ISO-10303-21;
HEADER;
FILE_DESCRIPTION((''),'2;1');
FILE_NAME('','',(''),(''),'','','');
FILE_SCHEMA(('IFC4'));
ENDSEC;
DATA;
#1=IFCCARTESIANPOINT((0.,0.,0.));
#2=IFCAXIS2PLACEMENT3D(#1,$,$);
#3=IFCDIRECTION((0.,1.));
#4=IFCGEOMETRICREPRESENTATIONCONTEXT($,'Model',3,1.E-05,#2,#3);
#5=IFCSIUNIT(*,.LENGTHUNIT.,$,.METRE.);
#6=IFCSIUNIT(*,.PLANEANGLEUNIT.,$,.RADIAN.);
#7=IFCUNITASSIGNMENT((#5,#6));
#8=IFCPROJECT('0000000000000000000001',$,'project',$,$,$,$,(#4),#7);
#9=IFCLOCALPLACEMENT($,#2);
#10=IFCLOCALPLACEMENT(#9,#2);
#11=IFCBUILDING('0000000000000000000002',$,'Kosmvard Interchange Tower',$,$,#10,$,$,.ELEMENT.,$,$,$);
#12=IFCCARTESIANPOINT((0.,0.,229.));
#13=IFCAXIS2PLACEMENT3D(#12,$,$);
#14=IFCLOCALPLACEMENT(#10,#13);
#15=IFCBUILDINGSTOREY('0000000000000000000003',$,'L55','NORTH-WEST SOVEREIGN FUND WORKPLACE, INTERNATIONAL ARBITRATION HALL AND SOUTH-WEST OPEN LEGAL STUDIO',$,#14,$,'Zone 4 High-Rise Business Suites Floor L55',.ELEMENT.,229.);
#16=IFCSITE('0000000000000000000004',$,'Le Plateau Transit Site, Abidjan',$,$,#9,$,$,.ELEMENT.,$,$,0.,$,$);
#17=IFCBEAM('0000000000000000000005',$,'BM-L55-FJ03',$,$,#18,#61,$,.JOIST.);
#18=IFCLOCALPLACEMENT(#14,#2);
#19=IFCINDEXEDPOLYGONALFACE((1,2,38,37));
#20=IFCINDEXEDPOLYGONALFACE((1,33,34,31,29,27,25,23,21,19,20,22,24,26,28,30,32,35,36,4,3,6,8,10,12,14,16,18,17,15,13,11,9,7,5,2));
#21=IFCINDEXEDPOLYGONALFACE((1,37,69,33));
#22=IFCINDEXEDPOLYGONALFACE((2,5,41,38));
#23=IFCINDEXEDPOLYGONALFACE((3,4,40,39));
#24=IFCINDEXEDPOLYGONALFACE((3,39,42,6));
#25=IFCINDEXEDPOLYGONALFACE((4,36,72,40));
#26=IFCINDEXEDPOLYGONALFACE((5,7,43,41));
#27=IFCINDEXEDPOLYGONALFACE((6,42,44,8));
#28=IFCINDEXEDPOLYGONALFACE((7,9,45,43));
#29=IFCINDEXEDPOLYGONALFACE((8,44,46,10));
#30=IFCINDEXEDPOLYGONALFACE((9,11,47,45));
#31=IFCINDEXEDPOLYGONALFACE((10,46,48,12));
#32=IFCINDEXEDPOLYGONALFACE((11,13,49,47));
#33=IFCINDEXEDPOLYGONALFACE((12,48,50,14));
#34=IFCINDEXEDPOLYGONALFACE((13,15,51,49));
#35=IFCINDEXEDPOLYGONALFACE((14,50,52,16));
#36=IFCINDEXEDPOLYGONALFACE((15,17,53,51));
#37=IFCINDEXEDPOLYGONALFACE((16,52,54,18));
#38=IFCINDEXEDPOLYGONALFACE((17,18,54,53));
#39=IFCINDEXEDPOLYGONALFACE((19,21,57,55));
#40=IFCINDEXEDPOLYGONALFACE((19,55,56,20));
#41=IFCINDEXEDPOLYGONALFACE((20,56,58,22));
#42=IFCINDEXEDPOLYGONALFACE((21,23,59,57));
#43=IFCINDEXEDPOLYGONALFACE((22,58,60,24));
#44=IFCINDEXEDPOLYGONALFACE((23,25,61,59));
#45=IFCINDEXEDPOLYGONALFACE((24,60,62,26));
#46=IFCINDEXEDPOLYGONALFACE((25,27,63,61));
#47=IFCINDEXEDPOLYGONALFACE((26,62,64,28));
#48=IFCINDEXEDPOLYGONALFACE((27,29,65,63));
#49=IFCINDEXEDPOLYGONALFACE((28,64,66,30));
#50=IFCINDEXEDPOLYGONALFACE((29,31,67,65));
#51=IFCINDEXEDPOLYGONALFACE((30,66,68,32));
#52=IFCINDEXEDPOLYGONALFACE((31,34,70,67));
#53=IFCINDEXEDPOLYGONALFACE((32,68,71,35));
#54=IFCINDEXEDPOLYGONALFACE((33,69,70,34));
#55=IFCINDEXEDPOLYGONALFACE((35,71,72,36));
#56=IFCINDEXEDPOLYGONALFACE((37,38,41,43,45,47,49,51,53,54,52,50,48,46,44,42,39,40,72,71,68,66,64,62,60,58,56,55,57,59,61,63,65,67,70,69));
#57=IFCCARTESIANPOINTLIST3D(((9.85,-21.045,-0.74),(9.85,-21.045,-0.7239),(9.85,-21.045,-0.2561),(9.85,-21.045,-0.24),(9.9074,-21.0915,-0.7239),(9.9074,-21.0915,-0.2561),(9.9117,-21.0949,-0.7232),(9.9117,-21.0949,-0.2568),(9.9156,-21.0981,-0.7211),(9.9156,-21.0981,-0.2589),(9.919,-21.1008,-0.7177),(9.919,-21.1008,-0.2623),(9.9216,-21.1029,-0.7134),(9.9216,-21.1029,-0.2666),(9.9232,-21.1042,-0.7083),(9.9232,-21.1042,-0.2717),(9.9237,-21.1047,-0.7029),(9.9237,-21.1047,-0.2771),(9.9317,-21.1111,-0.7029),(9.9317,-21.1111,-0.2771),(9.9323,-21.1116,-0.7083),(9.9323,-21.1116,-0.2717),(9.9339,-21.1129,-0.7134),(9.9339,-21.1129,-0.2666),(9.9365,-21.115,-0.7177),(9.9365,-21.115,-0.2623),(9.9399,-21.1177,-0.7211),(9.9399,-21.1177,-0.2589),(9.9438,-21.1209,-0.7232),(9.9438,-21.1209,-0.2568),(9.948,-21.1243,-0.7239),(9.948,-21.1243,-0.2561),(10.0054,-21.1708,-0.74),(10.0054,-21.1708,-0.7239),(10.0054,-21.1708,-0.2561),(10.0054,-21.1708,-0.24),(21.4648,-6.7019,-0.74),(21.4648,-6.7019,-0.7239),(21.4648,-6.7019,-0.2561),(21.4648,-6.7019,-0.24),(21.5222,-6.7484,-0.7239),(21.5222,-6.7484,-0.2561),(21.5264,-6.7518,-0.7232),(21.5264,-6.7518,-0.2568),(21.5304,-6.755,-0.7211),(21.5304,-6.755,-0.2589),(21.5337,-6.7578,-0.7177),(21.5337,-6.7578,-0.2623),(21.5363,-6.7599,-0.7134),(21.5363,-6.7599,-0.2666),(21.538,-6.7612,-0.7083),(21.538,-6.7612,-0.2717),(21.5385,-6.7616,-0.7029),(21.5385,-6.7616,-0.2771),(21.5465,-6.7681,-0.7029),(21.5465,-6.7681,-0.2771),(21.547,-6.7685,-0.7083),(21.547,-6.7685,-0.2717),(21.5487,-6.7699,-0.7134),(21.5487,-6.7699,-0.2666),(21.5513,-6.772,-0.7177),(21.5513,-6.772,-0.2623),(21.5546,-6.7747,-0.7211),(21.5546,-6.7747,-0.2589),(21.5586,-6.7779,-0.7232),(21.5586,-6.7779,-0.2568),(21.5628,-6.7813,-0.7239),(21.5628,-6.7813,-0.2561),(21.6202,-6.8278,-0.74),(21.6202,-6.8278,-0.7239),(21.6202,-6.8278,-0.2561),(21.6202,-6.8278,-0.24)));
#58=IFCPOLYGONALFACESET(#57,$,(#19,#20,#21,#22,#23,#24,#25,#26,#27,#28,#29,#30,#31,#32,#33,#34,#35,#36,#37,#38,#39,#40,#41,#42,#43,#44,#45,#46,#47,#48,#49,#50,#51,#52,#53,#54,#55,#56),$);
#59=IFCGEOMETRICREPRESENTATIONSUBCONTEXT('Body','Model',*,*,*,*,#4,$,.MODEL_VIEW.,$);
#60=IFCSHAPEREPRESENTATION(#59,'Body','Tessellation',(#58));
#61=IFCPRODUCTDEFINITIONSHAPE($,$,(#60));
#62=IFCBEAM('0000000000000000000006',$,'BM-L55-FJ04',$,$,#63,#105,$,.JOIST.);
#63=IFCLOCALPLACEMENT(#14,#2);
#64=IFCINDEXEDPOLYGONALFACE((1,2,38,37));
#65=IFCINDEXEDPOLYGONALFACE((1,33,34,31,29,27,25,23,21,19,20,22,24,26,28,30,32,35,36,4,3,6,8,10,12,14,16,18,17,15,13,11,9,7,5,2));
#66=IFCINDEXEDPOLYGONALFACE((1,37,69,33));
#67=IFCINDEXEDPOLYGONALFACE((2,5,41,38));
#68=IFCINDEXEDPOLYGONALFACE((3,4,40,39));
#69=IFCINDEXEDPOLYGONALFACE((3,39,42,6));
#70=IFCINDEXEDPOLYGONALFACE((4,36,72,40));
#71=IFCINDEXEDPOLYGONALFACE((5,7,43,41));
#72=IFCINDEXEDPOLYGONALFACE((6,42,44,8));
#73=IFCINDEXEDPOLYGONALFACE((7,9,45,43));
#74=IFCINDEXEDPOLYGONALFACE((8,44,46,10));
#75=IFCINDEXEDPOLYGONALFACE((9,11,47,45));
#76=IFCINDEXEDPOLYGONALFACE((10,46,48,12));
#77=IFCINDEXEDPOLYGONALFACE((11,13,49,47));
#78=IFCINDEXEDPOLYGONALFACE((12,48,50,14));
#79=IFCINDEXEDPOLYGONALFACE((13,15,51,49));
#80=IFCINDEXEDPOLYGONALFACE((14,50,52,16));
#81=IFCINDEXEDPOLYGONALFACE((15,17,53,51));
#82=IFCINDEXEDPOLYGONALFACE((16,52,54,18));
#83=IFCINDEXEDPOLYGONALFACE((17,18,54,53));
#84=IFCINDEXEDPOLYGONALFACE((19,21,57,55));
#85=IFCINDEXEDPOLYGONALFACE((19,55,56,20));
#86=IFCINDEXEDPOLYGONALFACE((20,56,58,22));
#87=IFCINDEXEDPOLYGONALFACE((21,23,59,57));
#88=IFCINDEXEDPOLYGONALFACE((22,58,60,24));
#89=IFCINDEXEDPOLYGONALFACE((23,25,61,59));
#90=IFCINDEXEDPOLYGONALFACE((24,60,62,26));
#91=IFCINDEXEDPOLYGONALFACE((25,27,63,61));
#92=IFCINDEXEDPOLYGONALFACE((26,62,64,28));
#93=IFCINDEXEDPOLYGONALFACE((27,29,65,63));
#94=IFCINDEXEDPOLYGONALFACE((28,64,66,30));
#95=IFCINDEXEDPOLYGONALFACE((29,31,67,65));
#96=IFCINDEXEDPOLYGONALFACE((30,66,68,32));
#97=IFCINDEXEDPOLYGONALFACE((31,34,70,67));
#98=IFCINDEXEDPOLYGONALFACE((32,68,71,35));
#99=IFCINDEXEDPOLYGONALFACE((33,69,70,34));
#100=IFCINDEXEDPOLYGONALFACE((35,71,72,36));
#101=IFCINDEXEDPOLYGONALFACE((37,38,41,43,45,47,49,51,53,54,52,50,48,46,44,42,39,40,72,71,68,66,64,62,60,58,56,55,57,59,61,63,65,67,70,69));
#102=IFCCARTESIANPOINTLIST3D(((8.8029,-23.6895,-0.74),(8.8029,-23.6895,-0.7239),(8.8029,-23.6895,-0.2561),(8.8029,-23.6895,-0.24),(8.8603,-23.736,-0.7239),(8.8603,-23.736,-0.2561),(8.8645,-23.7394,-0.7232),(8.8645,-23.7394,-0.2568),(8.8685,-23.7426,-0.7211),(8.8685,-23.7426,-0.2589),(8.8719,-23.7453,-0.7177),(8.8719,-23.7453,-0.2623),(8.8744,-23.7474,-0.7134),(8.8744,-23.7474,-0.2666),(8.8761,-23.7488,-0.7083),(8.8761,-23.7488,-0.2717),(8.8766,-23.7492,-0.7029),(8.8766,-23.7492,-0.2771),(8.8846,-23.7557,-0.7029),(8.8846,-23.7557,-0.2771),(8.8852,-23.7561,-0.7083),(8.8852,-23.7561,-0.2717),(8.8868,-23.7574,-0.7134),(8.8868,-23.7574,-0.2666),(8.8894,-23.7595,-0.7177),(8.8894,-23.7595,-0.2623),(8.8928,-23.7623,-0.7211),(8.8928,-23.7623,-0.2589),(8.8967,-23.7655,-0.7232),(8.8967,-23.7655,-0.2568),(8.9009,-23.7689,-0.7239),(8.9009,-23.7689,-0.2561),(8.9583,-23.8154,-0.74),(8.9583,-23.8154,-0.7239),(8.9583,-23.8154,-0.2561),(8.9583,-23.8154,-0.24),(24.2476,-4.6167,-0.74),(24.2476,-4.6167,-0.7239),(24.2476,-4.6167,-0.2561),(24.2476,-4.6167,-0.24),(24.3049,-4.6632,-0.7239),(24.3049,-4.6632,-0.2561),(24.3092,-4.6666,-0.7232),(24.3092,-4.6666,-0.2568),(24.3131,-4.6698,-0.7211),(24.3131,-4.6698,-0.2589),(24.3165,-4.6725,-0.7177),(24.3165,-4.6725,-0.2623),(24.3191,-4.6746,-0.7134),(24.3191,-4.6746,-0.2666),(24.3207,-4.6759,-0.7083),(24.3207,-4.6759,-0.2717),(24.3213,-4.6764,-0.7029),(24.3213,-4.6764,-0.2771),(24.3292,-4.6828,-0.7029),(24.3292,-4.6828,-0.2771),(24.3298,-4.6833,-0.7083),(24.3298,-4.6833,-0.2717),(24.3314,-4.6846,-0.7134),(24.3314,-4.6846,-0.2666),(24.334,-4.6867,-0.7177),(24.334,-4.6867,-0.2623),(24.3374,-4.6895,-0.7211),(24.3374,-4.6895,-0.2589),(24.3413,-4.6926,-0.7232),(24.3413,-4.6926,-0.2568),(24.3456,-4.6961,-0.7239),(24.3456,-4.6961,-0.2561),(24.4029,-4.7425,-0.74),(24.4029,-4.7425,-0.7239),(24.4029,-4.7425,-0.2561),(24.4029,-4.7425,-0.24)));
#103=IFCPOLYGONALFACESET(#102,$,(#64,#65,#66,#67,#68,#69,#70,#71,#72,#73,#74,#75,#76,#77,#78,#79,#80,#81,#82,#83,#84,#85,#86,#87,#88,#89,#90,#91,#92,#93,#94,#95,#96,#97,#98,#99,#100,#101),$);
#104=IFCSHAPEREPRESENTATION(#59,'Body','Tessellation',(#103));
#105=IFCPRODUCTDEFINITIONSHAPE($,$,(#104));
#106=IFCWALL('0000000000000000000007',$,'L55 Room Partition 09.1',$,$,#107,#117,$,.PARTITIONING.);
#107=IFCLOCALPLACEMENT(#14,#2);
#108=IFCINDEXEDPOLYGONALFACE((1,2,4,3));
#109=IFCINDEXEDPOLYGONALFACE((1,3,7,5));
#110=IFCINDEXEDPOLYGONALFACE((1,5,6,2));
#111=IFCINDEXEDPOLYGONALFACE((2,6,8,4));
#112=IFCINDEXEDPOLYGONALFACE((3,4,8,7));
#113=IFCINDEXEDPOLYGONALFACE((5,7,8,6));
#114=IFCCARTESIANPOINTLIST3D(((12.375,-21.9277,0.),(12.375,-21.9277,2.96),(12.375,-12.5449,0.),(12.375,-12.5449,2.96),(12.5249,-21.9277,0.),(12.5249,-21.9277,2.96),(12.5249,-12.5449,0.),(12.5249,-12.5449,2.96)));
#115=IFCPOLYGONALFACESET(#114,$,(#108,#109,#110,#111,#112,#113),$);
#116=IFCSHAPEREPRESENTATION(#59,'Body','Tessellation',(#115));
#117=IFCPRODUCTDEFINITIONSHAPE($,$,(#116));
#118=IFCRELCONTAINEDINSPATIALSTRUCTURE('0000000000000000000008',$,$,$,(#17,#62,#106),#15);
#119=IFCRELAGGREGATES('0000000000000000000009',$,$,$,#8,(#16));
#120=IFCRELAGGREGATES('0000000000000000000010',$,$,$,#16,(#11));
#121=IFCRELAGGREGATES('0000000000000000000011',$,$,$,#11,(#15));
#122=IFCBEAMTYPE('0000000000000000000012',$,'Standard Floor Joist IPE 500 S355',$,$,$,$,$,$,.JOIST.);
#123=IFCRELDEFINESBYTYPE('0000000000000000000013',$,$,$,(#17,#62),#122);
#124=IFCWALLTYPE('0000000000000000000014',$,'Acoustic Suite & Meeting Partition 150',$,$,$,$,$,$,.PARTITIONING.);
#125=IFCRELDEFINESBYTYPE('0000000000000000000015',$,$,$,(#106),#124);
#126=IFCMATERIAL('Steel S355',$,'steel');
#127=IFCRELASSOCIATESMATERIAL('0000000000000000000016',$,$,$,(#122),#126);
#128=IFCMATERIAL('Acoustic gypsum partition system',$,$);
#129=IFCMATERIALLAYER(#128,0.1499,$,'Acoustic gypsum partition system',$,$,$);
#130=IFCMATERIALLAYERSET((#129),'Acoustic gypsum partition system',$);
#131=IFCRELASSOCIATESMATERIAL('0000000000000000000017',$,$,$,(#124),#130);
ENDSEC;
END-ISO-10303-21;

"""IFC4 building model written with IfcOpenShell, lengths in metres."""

from ifc_helpers import new_model, si_unit, direction, frame, frame_2d, origin, origin_2d, place, context, subcontext, project, spatial, rectangle, i_section, extrude, source, transform, mapped, material, layer, layer_set, material_profile, profile_set, type_object, element, save


model = new_model("IFC4")

# Units and contexts
model_context = context("Model", 3, precision=1e-05, world=origin(), true_north=direction((0.0, 1.0)))
body_context = subcontext(model_context, "Body", "Model", "MODEL_VIEW")
ifc_project = project(units=[si_unit("LENGTHUNIT", "METRE"), si_unit("PLANEANGLEUNIT", "RADIAN")], contexts=[model_context])

# Site, building, storey
site_placement = place(None, origin())
site = spatial("IfcSite", under=ifc_project, at=site_placement, Name="Le Plateau Transit Site, Abidjan", CompositionType="ELEMENT", RefElevation=0.0)
building_placement = place(site_placement, origin())
building = spatial("IfcBuilding", under=site, at=building_placement, Name="Kosmvard Interchange Tower", CompositionType="ELEMENT")
storey_placement = place(building_placement, frame((0.0, 0.0, 229.0)))
storey = spatial("IfcBuildingStorey", under=building, at=storey_placement, Name="L55", Description="NORTH-WEST SOVEREIGN FUND WORKPLACE, INTERNATIONAL ARBITRATION HALL AND SOUTH-WEST OPEN LEGAL STUDIO", LongName="Zone 4 High-Rise Business Suites Floor L55", CompositionType="ELEMENT", Elevation=229.0)

# Beams
ifc_material_1 = material(Name="Steel S355", Category="steel")
ifc_material_profile_1 = material_profile(ifc_material_1, i_section(OverallWidth=0.2, OverallDepth=0.5, WebThickness=0.0103, FlangeThickness=0.0161, FilletRadius=0.021, at=origin_2d()), Name="IPE 500")
ifc_profile_set_1 = profile_set([ifc_material_profile_1], Name="Steel S355")
beam_type_1 = type_object("IfcBeamType", Name="Standard Floor Joist IPE 500 S355", PredefinedType="JOIST", material=ifc_profile_set_1)
shared_shape_1 = source(origin(), body_context, "Body", "SweptSolid", [
    extrude(i_section(OverallWidth=0.2, OverallDepth=0.5, WebThickness=0.0103, FlangeThickness=0.0161, FilletRadius=0.021, at=origin_2d()), origin(), (0.0, 0.0, 1.0), 18.4561),
])
beam_1_placement = place(storey_placement, frame((9.9277, -21.1079, -0.49), z_axis=(0.62932, 0.777146, 0.0), x_axis=(-0.777146, 0.62932, 0.0)))
element("IfcBeam", 1, at=beam_1_placement, inside=storey, type_object=beam_type_1, Name="BM-L55-FJ03", PredefinedType="JOIST", context=body_context, shape_type="MappedRepresentation", body=[
    mapped(shared_shape_1, transform((0.0, 0.0, 0.0), scale=1.0)),
])
shared_shape_2 = source(origin(), body_context, "Body", "SweptSolid", [
    extrude(i_section(OverallWidth=0.2, OverallDepth=0.5, WebThickness=0.0103, FlangeThickness=0.0161, FilletRadius=0.021, at=origin_2d()), origin(), (0.0, 0.0, 1.0), 24.542),
])
beam_2_placement = place(storey_placement, frame((8.8806, -23.7524, -0.49), z_axis=(0.629315, 0.777151, 0.0), x_axis=(-0.777151, 0.629315, 0.0)))
element("IfcBeam", 2, at=beam_2_placement, inside=storey, type_object=beam_type_1, Name="BM-L55-FJ04", PredefinedType="JOIST", context=body_context, shape_type="MappedRepresentation", body=[
    mapped(shared_shape_2, transform((0.0, 0.0, 0.0), scale=1.0)),
])

# Wall
ifc_material_2 = material(Name="Acoustic gypsum partition system")
ifc_layer_1 = layer(ifc_material_2, 0.1499, Name="Acoustic gypsum partition system")
ifc_layer_set_1 = layer_set([ifc_layer_1], Name="Acoustic gypsum partition system")
wall_type_1 = type_object("IfcWallType", Name="Acoustic Suite & Meeting Partition 150", PredefinedType="PARTITIONING", material=ifc_layer_set_1)
wall_1_placement = place(storey_placement, frame((12.45, -21.9277, 0.0), z_axis=(0.0, 0.0, 1.0), x_axis=(0.0, 1.0, 0.0)))
element("IfcWall", 3, at=wall_1_placement, inside=storey, type_object=wall_type_1, Name="L55 Room Partition 09.1", PredefinedType="PARTITIONING", context=body_context, shape_type="SweptSolid", body=[
    extrude(rectangle(XDim=9.3828, YDim=0.1499, at=frame_2d((4.6914, 0.0))), origin(), (0.0, 0.0, 1.0), 2.96),
])

save(model, "model.ifc")
